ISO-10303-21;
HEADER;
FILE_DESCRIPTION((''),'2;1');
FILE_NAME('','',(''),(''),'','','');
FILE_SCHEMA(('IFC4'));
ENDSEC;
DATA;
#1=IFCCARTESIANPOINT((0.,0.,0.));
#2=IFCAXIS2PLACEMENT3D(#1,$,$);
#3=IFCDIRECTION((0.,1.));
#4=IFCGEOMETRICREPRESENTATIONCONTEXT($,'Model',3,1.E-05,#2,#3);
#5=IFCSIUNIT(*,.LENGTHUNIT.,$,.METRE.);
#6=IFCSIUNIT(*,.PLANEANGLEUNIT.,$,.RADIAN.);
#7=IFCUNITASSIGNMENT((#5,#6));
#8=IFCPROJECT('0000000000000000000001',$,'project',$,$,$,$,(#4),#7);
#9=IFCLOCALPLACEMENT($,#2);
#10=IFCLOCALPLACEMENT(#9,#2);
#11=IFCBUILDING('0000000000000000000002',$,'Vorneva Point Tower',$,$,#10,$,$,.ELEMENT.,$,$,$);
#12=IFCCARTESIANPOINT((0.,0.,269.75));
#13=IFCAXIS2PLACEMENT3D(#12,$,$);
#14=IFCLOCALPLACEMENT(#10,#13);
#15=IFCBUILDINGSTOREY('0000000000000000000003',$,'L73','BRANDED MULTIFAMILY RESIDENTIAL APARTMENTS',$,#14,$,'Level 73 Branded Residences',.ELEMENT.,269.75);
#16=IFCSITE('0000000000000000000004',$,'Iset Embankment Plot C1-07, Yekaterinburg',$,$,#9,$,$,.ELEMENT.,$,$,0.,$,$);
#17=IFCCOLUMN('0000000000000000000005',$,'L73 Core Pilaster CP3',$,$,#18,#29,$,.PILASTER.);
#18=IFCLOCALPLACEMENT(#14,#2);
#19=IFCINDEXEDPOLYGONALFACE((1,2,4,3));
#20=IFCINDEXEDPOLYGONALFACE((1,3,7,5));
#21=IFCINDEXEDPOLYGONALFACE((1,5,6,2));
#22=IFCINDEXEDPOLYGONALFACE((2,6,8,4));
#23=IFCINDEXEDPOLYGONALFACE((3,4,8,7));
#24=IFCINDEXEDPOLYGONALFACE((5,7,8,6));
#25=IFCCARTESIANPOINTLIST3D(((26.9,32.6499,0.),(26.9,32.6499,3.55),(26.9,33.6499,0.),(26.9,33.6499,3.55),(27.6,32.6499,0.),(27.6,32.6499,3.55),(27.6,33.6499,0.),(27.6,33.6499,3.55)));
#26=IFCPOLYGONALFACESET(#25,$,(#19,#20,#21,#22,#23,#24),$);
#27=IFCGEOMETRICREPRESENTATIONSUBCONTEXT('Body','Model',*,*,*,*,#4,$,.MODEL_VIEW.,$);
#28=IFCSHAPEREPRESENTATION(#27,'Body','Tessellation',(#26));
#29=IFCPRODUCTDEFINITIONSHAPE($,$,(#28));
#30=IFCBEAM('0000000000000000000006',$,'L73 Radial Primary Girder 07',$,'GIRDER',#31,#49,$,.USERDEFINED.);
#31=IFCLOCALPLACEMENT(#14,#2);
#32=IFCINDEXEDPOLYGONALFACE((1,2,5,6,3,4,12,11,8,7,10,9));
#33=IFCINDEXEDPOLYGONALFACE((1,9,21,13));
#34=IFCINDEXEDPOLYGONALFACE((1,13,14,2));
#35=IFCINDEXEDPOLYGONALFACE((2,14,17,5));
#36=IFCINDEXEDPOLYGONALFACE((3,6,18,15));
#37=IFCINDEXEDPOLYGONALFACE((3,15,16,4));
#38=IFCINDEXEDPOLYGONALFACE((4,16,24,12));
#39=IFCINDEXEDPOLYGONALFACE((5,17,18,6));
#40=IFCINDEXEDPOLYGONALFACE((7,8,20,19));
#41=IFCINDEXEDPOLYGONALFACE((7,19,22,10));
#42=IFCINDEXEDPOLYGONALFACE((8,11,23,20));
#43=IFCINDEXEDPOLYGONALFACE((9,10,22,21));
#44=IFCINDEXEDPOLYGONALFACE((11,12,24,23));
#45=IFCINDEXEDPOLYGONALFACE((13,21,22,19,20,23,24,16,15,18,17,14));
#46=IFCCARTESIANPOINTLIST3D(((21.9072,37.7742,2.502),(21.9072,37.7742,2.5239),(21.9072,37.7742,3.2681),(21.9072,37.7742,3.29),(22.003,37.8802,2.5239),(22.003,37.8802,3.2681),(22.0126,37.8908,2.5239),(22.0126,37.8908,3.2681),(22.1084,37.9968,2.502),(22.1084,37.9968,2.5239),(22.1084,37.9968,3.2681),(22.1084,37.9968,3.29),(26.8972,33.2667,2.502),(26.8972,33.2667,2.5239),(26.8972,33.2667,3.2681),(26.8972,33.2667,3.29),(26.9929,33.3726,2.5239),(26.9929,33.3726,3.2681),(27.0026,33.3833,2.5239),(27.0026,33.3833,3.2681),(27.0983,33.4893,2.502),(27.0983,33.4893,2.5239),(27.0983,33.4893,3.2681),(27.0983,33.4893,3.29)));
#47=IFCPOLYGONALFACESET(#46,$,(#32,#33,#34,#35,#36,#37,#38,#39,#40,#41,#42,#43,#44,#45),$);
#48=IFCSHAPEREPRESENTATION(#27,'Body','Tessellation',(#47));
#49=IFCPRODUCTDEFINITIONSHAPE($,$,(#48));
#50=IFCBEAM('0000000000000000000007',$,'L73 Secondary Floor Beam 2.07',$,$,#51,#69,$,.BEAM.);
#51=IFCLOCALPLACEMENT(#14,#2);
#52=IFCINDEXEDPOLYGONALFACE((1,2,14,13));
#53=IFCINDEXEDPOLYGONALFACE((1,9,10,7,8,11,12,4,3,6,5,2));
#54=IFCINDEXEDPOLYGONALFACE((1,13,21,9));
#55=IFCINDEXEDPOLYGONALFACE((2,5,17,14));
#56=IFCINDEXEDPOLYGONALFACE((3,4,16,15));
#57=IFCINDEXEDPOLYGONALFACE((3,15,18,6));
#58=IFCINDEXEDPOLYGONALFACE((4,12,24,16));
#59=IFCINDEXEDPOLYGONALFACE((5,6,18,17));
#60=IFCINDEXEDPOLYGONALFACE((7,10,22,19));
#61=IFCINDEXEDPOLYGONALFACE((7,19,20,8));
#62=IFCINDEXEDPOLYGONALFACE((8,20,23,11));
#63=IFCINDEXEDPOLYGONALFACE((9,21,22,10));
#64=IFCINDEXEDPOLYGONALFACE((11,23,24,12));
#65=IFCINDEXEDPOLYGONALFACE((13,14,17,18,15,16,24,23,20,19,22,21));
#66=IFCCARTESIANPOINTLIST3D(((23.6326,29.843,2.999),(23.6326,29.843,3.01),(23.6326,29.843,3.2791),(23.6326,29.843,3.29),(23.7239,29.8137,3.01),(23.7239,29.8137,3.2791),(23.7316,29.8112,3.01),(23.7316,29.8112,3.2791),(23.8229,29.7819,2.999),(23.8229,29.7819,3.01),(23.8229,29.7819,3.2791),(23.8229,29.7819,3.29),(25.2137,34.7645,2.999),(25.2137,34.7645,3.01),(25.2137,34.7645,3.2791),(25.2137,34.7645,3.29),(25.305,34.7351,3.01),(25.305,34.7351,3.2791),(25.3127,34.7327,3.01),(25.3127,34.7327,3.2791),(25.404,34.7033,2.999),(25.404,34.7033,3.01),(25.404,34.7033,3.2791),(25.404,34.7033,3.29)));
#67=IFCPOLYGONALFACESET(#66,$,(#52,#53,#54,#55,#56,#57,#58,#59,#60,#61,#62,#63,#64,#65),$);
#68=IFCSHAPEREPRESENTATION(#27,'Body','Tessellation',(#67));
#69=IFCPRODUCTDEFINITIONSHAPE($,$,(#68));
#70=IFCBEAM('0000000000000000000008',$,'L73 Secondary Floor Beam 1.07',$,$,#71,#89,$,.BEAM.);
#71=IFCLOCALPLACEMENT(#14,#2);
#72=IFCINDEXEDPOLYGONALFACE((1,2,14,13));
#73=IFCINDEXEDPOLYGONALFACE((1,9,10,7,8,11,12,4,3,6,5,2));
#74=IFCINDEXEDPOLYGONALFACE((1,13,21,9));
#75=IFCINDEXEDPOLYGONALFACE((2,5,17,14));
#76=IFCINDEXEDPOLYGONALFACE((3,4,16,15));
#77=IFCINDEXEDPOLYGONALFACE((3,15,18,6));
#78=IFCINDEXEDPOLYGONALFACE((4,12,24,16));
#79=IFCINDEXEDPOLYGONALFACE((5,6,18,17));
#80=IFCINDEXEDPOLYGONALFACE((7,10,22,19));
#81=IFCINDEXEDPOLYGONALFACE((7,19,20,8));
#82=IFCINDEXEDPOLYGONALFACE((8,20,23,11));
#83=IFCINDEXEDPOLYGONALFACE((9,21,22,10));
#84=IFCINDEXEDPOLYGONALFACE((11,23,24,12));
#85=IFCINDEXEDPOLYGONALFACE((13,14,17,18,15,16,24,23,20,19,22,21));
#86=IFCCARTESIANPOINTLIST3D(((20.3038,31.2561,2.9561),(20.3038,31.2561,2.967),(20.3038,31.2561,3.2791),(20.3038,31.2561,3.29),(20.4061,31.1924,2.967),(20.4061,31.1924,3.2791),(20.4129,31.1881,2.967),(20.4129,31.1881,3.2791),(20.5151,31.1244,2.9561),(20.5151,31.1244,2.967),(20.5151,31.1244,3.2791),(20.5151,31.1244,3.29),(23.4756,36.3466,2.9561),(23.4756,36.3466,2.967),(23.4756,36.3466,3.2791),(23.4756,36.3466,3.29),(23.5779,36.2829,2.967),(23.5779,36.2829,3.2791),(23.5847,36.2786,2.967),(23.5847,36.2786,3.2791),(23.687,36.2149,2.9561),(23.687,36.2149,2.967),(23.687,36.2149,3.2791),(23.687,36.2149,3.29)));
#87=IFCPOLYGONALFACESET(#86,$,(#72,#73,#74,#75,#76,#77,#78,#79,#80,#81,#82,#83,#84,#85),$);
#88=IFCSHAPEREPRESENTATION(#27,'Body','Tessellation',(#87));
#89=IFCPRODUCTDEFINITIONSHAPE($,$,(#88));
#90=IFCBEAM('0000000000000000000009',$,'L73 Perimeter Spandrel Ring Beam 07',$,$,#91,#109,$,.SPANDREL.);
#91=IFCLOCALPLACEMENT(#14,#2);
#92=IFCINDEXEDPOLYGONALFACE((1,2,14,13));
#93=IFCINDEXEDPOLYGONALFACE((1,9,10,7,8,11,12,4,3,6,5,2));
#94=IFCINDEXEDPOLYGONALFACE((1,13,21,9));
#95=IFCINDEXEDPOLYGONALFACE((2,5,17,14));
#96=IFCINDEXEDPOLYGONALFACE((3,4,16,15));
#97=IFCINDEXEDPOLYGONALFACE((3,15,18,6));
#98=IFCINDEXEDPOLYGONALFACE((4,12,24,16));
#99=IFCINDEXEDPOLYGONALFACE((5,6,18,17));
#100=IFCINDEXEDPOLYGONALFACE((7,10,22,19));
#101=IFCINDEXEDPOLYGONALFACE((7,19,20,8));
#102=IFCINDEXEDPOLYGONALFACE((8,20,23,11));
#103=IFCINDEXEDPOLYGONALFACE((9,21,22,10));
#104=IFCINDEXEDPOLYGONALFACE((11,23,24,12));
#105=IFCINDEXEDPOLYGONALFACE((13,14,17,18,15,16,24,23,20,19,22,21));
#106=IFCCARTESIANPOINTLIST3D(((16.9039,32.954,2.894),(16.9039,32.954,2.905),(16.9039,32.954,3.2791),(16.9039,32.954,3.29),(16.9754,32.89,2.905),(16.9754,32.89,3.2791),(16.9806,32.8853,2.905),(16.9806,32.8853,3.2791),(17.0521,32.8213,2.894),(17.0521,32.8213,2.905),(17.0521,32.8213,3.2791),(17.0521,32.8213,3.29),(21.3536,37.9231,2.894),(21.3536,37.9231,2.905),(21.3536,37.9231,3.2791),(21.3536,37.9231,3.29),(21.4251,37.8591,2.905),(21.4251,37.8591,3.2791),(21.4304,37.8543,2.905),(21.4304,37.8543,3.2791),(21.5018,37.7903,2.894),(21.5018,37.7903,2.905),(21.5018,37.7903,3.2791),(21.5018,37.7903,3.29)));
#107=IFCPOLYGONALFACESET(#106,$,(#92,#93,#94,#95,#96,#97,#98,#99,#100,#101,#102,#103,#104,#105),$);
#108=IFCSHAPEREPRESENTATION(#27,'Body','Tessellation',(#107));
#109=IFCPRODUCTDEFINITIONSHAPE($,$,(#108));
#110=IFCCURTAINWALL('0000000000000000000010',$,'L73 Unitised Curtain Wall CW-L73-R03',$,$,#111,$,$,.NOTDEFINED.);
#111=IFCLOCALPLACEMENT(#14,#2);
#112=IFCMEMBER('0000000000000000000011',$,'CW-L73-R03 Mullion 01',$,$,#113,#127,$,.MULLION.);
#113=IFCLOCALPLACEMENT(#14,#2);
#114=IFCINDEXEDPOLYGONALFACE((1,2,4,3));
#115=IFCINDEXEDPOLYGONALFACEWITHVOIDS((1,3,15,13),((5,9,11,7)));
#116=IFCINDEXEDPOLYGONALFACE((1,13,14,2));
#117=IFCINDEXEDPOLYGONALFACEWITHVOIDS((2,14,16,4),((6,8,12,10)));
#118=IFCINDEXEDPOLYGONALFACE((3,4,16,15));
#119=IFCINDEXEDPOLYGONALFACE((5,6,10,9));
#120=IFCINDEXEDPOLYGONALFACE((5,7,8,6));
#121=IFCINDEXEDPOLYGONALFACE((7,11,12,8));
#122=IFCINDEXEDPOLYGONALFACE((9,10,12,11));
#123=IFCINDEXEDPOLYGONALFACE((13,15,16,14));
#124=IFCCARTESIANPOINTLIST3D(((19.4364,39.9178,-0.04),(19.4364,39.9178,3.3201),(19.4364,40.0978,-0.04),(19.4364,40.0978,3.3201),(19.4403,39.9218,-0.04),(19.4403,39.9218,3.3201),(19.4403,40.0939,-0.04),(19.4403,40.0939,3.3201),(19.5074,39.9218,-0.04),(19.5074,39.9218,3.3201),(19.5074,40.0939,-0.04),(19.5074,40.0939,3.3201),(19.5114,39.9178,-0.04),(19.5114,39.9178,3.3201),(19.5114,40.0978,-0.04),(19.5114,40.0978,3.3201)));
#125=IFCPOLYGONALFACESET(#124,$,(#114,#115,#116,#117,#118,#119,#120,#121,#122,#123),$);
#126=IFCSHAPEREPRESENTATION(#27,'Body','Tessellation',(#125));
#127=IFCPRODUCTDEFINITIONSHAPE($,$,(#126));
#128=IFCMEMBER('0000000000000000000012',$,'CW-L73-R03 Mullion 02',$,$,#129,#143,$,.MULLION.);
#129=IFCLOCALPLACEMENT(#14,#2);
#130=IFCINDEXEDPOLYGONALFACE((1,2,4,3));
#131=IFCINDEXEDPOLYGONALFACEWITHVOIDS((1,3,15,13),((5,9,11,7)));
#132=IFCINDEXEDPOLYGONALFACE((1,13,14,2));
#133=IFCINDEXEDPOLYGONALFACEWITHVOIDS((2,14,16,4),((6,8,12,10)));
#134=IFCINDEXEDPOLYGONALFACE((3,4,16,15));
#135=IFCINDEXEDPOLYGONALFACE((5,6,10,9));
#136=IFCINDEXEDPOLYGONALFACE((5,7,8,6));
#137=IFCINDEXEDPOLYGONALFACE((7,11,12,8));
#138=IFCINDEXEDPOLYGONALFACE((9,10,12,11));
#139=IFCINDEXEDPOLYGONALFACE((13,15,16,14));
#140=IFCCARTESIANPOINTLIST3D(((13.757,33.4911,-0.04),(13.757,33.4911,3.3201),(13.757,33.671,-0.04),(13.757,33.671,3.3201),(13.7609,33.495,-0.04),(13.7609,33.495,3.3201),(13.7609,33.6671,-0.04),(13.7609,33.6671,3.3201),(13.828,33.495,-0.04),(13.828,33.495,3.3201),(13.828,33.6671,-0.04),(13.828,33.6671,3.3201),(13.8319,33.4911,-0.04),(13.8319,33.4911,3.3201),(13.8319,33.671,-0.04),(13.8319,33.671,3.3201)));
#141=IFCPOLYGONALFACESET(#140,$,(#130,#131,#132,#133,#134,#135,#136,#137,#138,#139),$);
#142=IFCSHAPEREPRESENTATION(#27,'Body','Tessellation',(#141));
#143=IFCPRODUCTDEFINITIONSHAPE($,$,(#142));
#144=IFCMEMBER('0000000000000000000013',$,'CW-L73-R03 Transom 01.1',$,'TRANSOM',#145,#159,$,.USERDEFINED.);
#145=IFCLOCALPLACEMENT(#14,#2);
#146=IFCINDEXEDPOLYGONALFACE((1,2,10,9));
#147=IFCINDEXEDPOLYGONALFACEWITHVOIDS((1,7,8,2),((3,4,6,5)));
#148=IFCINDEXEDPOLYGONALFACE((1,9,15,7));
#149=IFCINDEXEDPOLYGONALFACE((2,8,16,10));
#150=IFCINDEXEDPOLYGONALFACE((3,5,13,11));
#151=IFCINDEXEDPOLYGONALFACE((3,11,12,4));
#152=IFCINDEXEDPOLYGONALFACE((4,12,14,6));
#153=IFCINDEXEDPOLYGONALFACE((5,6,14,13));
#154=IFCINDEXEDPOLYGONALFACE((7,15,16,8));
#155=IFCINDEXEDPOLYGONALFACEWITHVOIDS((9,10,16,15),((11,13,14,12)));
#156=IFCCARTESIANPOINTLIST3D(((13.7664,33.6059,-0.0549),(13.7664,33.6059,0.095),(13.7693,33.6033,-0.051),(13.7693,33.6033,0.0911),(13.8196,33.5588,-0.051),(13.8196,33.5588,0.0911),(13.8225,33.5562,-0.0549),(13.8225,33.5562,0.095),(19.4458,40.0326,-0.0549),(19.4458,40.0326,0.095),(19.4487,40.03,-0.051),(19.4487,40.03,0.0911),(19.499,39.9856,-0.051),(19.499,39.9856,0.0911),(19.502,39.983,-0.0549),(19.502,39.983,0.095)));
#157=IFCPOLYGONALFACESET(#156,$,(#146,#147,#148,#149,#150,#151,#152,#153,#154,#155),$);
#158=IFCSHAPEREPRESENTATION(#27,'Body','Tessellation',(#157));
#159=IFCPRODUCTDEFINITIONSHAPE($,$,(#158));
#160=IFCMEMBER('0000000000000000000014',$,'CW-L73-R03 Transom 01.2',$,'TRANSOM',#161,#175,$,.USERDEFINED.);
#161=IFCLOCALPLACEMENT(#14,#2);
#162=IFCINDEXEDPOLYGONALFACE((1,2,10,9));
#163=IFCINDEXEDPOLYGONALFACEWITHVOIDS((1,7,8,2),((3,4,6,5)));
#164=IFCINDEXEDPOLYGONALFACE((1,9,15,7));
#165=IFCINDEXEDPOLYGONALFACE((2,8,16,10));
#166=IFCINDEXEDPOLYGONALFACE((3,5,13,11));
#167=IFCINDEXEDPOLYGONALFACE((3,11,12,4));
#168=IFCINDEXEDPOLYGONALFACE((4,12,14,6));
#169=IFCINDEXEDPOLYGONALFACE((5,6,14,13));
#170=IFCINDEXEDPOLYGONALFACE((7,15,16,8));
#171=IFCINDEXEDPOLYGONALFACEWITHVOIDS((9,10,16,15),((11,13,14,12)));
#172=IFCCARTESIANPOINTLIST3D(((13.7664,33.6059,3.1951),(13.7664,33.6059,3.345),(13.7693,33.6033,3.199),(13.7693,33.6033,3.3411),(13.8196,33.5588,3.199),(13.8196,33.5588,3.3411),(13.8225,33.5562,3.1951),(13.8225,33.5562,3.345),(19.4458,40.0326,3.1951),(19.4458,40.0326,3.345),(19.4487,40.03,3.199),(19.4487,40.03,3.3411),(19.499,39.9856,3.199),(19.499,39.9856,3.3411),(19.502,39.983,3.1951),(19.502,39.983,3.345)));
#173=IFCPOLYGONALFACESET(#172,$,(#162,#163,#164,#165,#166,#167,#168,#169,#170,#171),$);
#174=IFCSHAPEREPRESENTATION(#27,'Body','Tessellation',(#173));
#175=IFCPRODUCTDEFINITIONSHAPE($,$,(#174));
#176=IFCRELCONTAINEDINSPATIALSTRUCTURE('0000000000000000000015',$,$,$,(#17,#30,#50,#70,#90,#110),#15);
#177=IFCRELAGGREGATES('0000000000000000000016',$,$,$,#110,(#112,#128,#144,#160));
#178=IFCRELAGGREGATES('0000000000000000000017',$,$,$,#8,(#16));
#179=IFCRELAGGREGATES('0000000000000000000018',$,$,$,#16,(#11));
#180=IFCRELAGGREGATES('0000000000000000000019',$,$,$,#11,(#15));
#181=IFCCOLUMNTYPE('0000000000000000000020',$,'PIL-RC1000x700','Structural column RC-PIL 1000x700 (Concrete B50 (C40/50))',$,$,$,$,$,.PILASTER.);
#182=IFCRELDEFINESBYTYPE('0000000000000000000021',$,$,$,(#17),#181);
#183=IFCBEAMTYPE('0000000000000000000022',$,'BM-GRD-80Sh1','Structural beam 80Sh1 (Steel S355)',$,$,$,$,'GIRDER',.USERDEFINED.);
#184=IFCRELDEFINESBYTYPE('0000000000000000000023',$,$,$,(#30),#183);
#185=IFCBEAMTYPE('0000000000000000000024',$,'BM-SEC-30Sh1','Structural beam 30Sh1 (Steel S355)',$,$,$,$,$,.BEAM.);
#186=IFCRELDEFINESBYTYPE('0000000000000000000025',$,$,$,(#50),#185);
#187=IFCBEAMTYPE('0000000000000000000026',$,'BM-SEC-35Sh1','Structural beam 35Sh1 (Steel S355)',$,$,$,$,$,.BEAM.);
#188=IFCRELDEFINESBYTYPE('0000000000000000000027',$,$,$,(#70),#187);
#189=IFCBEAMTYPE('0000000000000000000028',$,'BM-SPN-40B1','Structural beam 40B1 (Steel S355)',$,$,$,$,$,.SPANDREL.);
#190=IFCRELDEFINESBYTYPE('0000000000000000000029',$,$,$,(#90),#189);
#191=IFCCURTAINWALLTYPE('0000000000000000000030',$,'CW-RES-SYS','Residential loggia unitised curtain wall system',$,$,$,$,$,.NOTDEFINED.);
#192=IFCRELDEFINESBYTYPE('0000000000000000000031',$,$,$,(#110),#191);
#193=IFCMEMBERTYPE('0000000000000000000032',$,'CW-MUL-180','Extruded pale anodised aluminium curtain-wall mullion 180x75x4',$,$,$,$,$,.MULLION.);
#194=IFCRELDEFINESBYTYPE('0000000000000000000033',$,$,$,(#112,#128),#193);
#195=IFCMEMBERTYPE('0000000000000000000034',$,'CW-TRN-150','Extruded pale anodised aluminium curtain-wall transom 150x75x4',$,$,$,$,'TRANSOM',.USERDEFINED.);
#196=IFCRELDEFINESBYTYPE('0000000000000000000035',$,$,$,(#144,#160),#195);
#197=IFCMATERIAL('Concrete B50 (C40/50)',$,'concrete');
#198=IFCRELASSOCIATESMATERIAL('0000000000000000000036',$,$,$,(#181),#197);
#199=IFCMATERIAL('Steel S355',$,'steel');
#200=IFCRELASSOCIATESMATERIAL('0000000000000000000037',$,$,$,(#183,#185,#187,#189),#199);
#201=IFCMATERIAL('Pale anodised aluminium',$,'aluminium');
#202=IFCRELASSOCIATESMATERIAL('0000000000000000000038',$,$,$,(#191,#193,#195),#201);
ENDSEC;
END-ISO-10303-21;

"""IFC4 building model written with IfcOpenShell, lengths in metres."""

from ifc_helpers import new_model, si_unit, direction, frame, origin, origin_2d, place, context, subcontext, project, spatial, rectangle, hollow_rectangle, i_section, extrude, material, material_profile, profile_set, type_object, element, aggregate, save


model = new_model("IFC4")

# Units and contexts
model_context = context("Model", 3, precision=1e-05, world=origin(), true_north=direction((0.0, 1.0)))
body_context = subcontext(model_context, "Body", "Model", "MODEL_VIEW")
ifc_project = project(units=[si_unit("LENGTHUNIT", "METRE"), si_unit("PLANEANGLEUNIT", "RADIAN")], contexts=[model_context])

# Site, building, storey
site_placement = place(None, origin())
site = spatial("IfcSite", under=ifc_project, at=site_placement, Name="Iset Embankment Plot C1-07, Yekaterinburg", CompositionType="ELEMENT", RefElevation=0.0)
building_placement = place(site_placement, origin())
building = spatial("IfcBuilding", under=site, at=building_placement, Name="Vorneva Point Tower", CompositionType="ELEMENT")
storey_placement = place(building_placement, frame((0.0, 0.0, 269.75)))
storey = spatial("IfcBuildingStorey", under=building, at=storey_placement, Name="L73", Description="BRANDED MULTIFAMILY RESIDENTIAL APARTMENTS", LongName="Level 73 Branded Residences", CompositionType="ELEMENT", Elevation=269.75)

# Column
ifc_material_1 = material(Name="Concrete B50 (C40/50)", Category="concrete")
ifc_material_profile_1 = material_profile(ifc_material_1, rectangle(XDim=0.7, YDim=1.0, at=origin_2d()), Name="RC-PIL 1000x700")
ifc_profile_set_1 = profile_set([ifc_material_profile_1], Name="Concrete B50 (C40/50)")
column_type_1 = type_object("IfcColumnType", Name="PIL-RC1000x700", Description="Structural column RC-PIL 1000x700 (Concrete B50 (C40/50))", PredefinedType="PILASTER", material=ifc_profile_set_1)
column_1_placement = place(storey_placement, frame((27.25, 33.1499, 0.0), z_axis=(0.0, 0.0, 1.0), x_axis=(1.0, 0.0, 0.0)))
element("IfcColumn", 1, at=column_1_placement, inside=storey, type_object=column_type_1, Name="L73 Core Pilaster CP3", PredefinedType="PILASTER", context=body_context, shape_type="SweptSolid", body=[
    extrude(rectangle(XDim=0.7, YDim=1.0, at=origin_2d()), origin(), (0.0, 0.0, 1.0), 3.55),
])

# Beams
ifc_material_2 = material(Name="Steel S355", Category="steel")
ifc_material_profile_2 = material_profile(ifc_material_2, i_section(OverallWidth=0.3, OverallDepth=0.7881, WebThickness=0.0144, FlangeThickness=0.022, at=origin_2d()), Name="80Sh1")
ifc_profile_set_2 = profile_set([ifc_material_profile_2], Name="Steel S355")
beam_type_1 = type_object("IfcBeamType", Name="BM-GRD-80Sh1", Description="Structural beam 80Sh1 (Steel S355)", ElementType="GIRDER", PredefinedType="USERDEFINED", material=ifc_profile_set_2)
beam_1_placement = place(storey_placement, frame((22.0078, 37.8855, 2.896), z_axis=(0.742067, -0.670326, 0.0), x_axis=(0.670326, 0.742067, 0.0)))
element("IfcBeam", 2, at=beam_1_placement, inside=storey, type_object=beam_type_1, Name="L73 Radial Primary Girder 07", ObjectType="GIRDER", PredefinedType="USERDEFINED", context=body_context, shape_type="SweptSolid", body=[
    extrude(i_section(OverallWidth=0.3, OverallDepth=0.7881, WebThickness=0.0144, FlangeThickness=0.022, at=origin_2d()), origin(), (0.0, 0.0, 1.0), 6.7244),
])
ifc_material_profile_3 = material_profile(ifc_material_2, i_section(OverallWidth=0.2, OverallDepth=0.291, WebThickness=0.0081, FlangeThickness=0.011, at=origin_2d()), Name="30Sh1")
ifc_profile_set_3 = profile_set([ifc_material_profile_3], Name="Steel S355")
beam_type_2 = type_object("IfcBeamType", Name="BM-SEC-30Sh1", Description="Structural beam 30Sh1 (Steel S355)", PredefinedType="BEAM", material=ifc_profile_set_3)
beam_2_placement = place(storey_placement, frame((25.3088, 34.7339, 3.1445), z_axis=(-0.305865, -0.952075, 0.0), x_axis=(0.952075, -0.305865, 0.0)))
element("IfcBeam", 3, at=beam_2_placement, inside=storey, type_object=beam_type_2, Name="L73 Secondary Floor Beam 2.07", PredefinedType="BEAM", context=body_context, shape_type="SweptSolid", body=[
    extrude(i_section(OverallWidth=0.2, OverallDepth=0.291, WebThickness=0.0081, FlangeThickness=0.011, at=origin_2d()), origin(), (0.0, 0.0, 1.0), 5.1692),
])
ifc_material_profile_4 = material_profile(ifc_material_2, i_section(OverallWidth=0.249, OverallDepth=0.334, WebThickness=0.0081, FlangeThickness=0.011, at=origin_2d()), Name="35Sh1")
ifc_profile_set_4 = profile_set([ifc_material_profile_4], Name="Steel S355")
beam_type_3 = type_object("IfcBeamType", Name="BM-SEC-35Sh1", Description="Structural beam 35Sh1 (Steel S355)", PredefinedType="BEAM", material=ifc_profile_set_4)
beam_3_placement = place(storey_placement, frame((23.5813, 36.2808, 3.123), z_axis=(-0.528831, -0.848727, 0.0), x_axis=(0.848727, -0.528831, 0.0)))
element("IfcBeam", 4, at=beam_3_placement, inside=storey, type_object=beam_type_3, Name="L73 Secondary Floor Beam 1.07", PredefinedType="BEAM", context=body_context, shape_type="SweptSolid", body=[
    extrude(i_section(OverallWidth=0.249, OverallDepth=0.334, WebThickness=0.0081, FlangeThickness=0.011, at=origin_2d()), origin(), (0.0, 0.0, 1.0), 5.9978),
])
ifc_material_profile_5 = material_profile(ifc_material_2, i_section(OverallWidth=0.199, OverallDepth=0.396, WebThickness=0.0071, FlangeThickness=0.011, at=origin_2d()), Name="40B1")
ifc_profile_set_5 = profile_set([ifc_material_profile_5], Name="Steel S355")
beam_type_4 = type_object("IfcBeamType", Name="BM-SPN-40B1", Description="Structural beam 40B1 (Steel S355)", PredefinedType="SPANDREL", material=ifc_profile_set_5)
beam_4_placement = place(storey_placement, frame((21.4277, 37.8567, 3.092), z_axis=(-0.667108, -0.744961, 0.0), x_axis=(0.744961, -0.667108, 0.0)))
element("IfcBeam", 5, at=beam_4_placement, inside=storey, type_object=beam_type_4, Name="L73 Perimeter Spandrel Ring Beam 07", PredefinedType="SPANDREL", context=body_context, shape_type="SweptSolid", body=[
    extrude(i_section(OverallWidth=0.199, OverallDepth=0.396, WebThickness=0.0071, FlangeThickness=0.011, at=origin_2d()), origin(), (0.0, 0.0, 1.0), 6.6702),
])

# Curtain wall, members
ifc_material_3 = material(Name="Pale anodised aluminium", Category="aluminium")
curtain_wall_type = type_object("IfcCurtainWallType", Name="CW-RES-SYS", Description="Residential loggia unitised curtain wall system", PredefinedType="NOTDEFINED", material=ifc_material_3)
curtain_wall_placement = place(storey_placement, origin())
curtain_wall = element("IfcCurtainWall", 6, at=curtain_wall_placement, inside=storey, type_object=curtain_wall_type, Name="L73 Unitised Curtain Wall CW-L73-R03", PredefinedType="NOTDEFINED")
ifc_material_profile_6 = material_profile(ifc_material_3, hollow_rectangle(XDim=0.075, YDim=0.1799, WallThickness=0.0039, at=origin_2d()), Name="AL-MUL 180x75x4")
ifc_profile_set_6 = profile_set([ifc_material_profile_6], Name="Pale anodised aluminium")
member_type_1 = type_object("IfcMemberType", Name="CW-MUL-180", Description="Extruded pale anodised aluminium curtain-wall mullion 180x75x4", PredefinedType="MULLION", material=ifc_profile_set_6)
member_1_placement = place(storey_placement, frame((19.4739, 40.0078, -0.04), z_axis=(0.0, 0.0, 1.0), x_axis=(1.0, 0.0, 0.0)))
member_1 = element("IfcMember", 7, at=member_1_placement, type_object=member_type_1, Name="CW-L73-R03 Mullion 01", PredefinedType="MULLION", context=body_context, shape_type="SweptSolid", body=[
    extrude(hollow_rectangle(XDim=0.075, YDim=0.1799, WallThickness=0.0039, at=origin_2d()), origin(), (0.0, 0.0, 1.0), 3.3601),
])
member_2_placement = place(storey_placement, frame((13.7944, 33.5811, -0.04), z_axis=(0.0, 0.0, 1.0), x_axis=(1.0, 0.0, 0.0)))
member_2 = element("IfcMember", 8, at=member_2_placement, type_object=member_type_1, Name="CW-L73-R03 Mullion 02", PredefinedType="MULLION", context=body_context, shape_type="SweptSolid", body=[
    extrude(hollow_rectangle(XDim=0.075, YDim=0.1799, WallThickness=0.0039, at=origin_2d()), origin(), (0.0, 0.0, 1.0), 3.3601),
])
ifc_material_profile_7 = material_profile(ifc_material_3, hollow_rectangle(XDim=0.075, YDim=0.1499, WallThickness=0.0039, at=origin_2d()), Name="AL-TRN 150x75x4")
ifc_profile_set_7 = profile_set([ifc_material_profile_7], Name="Pale anodised aluminium")
member_type_2 = type_object("IfcMemberType", Name="CW-TRN-150", Description="Extruded pale anodised aluminium curtain-wall transom 150x75x4", ElementType="TRANSOM", PredefinedType="USERDEFINED", material=ifc_profile_set_7)
member_3_placement = place(storey_placement, frame((19.4739, 40.0078, 0.02), z_axis=(-0.662197, -0.74933, 0.0), x_axis=(0.74933, -0.662197, 0.0)))
member_3 = element("IfcMember", 9, at=member_3_placement, type_object=member_type_2, Name="CW-L73-R03 Transom 01.1", ObjectType="TRANSOM", PredefinedType="USERDEFINED", context=body_context, shape_type="SweptSolid", body=[
    extrude(hollow_rectangle(XDim=0.075, YDim=0.1499, WallThickness=0.0039, at=origin_2d()), origin(), (0.0, 0.0, 1.0), 8.5767),
])
member_4_placement = place(storey_placement, frame((19.4739, 40.0078, 3.27), z_axis=(-0.662197, -0.74933, 0.0), x_axis=(0.74933, -0.662197, 0.0)))
member_4 = element("IfcMember", 10, at=member_4_placement, type_object=member_type_2, Name="CW-L73-R03 Transom 01.2", ObjectType="TRANSOM", PredefinedType="USERDEFINED", context=body_context, shape_type="SweptSolid", body=[
    extrude(hollow_rectangle(XDim=0.075, YDim=0.1499, WallThickness=0.0039, at=origin_2d()), origin(), (0.0, 0.0, 1.0), 8.5767),
])
aggregate(curtain_wall, [member_1, member_2, member_3, member_4])

save(model, "model.ifc")
